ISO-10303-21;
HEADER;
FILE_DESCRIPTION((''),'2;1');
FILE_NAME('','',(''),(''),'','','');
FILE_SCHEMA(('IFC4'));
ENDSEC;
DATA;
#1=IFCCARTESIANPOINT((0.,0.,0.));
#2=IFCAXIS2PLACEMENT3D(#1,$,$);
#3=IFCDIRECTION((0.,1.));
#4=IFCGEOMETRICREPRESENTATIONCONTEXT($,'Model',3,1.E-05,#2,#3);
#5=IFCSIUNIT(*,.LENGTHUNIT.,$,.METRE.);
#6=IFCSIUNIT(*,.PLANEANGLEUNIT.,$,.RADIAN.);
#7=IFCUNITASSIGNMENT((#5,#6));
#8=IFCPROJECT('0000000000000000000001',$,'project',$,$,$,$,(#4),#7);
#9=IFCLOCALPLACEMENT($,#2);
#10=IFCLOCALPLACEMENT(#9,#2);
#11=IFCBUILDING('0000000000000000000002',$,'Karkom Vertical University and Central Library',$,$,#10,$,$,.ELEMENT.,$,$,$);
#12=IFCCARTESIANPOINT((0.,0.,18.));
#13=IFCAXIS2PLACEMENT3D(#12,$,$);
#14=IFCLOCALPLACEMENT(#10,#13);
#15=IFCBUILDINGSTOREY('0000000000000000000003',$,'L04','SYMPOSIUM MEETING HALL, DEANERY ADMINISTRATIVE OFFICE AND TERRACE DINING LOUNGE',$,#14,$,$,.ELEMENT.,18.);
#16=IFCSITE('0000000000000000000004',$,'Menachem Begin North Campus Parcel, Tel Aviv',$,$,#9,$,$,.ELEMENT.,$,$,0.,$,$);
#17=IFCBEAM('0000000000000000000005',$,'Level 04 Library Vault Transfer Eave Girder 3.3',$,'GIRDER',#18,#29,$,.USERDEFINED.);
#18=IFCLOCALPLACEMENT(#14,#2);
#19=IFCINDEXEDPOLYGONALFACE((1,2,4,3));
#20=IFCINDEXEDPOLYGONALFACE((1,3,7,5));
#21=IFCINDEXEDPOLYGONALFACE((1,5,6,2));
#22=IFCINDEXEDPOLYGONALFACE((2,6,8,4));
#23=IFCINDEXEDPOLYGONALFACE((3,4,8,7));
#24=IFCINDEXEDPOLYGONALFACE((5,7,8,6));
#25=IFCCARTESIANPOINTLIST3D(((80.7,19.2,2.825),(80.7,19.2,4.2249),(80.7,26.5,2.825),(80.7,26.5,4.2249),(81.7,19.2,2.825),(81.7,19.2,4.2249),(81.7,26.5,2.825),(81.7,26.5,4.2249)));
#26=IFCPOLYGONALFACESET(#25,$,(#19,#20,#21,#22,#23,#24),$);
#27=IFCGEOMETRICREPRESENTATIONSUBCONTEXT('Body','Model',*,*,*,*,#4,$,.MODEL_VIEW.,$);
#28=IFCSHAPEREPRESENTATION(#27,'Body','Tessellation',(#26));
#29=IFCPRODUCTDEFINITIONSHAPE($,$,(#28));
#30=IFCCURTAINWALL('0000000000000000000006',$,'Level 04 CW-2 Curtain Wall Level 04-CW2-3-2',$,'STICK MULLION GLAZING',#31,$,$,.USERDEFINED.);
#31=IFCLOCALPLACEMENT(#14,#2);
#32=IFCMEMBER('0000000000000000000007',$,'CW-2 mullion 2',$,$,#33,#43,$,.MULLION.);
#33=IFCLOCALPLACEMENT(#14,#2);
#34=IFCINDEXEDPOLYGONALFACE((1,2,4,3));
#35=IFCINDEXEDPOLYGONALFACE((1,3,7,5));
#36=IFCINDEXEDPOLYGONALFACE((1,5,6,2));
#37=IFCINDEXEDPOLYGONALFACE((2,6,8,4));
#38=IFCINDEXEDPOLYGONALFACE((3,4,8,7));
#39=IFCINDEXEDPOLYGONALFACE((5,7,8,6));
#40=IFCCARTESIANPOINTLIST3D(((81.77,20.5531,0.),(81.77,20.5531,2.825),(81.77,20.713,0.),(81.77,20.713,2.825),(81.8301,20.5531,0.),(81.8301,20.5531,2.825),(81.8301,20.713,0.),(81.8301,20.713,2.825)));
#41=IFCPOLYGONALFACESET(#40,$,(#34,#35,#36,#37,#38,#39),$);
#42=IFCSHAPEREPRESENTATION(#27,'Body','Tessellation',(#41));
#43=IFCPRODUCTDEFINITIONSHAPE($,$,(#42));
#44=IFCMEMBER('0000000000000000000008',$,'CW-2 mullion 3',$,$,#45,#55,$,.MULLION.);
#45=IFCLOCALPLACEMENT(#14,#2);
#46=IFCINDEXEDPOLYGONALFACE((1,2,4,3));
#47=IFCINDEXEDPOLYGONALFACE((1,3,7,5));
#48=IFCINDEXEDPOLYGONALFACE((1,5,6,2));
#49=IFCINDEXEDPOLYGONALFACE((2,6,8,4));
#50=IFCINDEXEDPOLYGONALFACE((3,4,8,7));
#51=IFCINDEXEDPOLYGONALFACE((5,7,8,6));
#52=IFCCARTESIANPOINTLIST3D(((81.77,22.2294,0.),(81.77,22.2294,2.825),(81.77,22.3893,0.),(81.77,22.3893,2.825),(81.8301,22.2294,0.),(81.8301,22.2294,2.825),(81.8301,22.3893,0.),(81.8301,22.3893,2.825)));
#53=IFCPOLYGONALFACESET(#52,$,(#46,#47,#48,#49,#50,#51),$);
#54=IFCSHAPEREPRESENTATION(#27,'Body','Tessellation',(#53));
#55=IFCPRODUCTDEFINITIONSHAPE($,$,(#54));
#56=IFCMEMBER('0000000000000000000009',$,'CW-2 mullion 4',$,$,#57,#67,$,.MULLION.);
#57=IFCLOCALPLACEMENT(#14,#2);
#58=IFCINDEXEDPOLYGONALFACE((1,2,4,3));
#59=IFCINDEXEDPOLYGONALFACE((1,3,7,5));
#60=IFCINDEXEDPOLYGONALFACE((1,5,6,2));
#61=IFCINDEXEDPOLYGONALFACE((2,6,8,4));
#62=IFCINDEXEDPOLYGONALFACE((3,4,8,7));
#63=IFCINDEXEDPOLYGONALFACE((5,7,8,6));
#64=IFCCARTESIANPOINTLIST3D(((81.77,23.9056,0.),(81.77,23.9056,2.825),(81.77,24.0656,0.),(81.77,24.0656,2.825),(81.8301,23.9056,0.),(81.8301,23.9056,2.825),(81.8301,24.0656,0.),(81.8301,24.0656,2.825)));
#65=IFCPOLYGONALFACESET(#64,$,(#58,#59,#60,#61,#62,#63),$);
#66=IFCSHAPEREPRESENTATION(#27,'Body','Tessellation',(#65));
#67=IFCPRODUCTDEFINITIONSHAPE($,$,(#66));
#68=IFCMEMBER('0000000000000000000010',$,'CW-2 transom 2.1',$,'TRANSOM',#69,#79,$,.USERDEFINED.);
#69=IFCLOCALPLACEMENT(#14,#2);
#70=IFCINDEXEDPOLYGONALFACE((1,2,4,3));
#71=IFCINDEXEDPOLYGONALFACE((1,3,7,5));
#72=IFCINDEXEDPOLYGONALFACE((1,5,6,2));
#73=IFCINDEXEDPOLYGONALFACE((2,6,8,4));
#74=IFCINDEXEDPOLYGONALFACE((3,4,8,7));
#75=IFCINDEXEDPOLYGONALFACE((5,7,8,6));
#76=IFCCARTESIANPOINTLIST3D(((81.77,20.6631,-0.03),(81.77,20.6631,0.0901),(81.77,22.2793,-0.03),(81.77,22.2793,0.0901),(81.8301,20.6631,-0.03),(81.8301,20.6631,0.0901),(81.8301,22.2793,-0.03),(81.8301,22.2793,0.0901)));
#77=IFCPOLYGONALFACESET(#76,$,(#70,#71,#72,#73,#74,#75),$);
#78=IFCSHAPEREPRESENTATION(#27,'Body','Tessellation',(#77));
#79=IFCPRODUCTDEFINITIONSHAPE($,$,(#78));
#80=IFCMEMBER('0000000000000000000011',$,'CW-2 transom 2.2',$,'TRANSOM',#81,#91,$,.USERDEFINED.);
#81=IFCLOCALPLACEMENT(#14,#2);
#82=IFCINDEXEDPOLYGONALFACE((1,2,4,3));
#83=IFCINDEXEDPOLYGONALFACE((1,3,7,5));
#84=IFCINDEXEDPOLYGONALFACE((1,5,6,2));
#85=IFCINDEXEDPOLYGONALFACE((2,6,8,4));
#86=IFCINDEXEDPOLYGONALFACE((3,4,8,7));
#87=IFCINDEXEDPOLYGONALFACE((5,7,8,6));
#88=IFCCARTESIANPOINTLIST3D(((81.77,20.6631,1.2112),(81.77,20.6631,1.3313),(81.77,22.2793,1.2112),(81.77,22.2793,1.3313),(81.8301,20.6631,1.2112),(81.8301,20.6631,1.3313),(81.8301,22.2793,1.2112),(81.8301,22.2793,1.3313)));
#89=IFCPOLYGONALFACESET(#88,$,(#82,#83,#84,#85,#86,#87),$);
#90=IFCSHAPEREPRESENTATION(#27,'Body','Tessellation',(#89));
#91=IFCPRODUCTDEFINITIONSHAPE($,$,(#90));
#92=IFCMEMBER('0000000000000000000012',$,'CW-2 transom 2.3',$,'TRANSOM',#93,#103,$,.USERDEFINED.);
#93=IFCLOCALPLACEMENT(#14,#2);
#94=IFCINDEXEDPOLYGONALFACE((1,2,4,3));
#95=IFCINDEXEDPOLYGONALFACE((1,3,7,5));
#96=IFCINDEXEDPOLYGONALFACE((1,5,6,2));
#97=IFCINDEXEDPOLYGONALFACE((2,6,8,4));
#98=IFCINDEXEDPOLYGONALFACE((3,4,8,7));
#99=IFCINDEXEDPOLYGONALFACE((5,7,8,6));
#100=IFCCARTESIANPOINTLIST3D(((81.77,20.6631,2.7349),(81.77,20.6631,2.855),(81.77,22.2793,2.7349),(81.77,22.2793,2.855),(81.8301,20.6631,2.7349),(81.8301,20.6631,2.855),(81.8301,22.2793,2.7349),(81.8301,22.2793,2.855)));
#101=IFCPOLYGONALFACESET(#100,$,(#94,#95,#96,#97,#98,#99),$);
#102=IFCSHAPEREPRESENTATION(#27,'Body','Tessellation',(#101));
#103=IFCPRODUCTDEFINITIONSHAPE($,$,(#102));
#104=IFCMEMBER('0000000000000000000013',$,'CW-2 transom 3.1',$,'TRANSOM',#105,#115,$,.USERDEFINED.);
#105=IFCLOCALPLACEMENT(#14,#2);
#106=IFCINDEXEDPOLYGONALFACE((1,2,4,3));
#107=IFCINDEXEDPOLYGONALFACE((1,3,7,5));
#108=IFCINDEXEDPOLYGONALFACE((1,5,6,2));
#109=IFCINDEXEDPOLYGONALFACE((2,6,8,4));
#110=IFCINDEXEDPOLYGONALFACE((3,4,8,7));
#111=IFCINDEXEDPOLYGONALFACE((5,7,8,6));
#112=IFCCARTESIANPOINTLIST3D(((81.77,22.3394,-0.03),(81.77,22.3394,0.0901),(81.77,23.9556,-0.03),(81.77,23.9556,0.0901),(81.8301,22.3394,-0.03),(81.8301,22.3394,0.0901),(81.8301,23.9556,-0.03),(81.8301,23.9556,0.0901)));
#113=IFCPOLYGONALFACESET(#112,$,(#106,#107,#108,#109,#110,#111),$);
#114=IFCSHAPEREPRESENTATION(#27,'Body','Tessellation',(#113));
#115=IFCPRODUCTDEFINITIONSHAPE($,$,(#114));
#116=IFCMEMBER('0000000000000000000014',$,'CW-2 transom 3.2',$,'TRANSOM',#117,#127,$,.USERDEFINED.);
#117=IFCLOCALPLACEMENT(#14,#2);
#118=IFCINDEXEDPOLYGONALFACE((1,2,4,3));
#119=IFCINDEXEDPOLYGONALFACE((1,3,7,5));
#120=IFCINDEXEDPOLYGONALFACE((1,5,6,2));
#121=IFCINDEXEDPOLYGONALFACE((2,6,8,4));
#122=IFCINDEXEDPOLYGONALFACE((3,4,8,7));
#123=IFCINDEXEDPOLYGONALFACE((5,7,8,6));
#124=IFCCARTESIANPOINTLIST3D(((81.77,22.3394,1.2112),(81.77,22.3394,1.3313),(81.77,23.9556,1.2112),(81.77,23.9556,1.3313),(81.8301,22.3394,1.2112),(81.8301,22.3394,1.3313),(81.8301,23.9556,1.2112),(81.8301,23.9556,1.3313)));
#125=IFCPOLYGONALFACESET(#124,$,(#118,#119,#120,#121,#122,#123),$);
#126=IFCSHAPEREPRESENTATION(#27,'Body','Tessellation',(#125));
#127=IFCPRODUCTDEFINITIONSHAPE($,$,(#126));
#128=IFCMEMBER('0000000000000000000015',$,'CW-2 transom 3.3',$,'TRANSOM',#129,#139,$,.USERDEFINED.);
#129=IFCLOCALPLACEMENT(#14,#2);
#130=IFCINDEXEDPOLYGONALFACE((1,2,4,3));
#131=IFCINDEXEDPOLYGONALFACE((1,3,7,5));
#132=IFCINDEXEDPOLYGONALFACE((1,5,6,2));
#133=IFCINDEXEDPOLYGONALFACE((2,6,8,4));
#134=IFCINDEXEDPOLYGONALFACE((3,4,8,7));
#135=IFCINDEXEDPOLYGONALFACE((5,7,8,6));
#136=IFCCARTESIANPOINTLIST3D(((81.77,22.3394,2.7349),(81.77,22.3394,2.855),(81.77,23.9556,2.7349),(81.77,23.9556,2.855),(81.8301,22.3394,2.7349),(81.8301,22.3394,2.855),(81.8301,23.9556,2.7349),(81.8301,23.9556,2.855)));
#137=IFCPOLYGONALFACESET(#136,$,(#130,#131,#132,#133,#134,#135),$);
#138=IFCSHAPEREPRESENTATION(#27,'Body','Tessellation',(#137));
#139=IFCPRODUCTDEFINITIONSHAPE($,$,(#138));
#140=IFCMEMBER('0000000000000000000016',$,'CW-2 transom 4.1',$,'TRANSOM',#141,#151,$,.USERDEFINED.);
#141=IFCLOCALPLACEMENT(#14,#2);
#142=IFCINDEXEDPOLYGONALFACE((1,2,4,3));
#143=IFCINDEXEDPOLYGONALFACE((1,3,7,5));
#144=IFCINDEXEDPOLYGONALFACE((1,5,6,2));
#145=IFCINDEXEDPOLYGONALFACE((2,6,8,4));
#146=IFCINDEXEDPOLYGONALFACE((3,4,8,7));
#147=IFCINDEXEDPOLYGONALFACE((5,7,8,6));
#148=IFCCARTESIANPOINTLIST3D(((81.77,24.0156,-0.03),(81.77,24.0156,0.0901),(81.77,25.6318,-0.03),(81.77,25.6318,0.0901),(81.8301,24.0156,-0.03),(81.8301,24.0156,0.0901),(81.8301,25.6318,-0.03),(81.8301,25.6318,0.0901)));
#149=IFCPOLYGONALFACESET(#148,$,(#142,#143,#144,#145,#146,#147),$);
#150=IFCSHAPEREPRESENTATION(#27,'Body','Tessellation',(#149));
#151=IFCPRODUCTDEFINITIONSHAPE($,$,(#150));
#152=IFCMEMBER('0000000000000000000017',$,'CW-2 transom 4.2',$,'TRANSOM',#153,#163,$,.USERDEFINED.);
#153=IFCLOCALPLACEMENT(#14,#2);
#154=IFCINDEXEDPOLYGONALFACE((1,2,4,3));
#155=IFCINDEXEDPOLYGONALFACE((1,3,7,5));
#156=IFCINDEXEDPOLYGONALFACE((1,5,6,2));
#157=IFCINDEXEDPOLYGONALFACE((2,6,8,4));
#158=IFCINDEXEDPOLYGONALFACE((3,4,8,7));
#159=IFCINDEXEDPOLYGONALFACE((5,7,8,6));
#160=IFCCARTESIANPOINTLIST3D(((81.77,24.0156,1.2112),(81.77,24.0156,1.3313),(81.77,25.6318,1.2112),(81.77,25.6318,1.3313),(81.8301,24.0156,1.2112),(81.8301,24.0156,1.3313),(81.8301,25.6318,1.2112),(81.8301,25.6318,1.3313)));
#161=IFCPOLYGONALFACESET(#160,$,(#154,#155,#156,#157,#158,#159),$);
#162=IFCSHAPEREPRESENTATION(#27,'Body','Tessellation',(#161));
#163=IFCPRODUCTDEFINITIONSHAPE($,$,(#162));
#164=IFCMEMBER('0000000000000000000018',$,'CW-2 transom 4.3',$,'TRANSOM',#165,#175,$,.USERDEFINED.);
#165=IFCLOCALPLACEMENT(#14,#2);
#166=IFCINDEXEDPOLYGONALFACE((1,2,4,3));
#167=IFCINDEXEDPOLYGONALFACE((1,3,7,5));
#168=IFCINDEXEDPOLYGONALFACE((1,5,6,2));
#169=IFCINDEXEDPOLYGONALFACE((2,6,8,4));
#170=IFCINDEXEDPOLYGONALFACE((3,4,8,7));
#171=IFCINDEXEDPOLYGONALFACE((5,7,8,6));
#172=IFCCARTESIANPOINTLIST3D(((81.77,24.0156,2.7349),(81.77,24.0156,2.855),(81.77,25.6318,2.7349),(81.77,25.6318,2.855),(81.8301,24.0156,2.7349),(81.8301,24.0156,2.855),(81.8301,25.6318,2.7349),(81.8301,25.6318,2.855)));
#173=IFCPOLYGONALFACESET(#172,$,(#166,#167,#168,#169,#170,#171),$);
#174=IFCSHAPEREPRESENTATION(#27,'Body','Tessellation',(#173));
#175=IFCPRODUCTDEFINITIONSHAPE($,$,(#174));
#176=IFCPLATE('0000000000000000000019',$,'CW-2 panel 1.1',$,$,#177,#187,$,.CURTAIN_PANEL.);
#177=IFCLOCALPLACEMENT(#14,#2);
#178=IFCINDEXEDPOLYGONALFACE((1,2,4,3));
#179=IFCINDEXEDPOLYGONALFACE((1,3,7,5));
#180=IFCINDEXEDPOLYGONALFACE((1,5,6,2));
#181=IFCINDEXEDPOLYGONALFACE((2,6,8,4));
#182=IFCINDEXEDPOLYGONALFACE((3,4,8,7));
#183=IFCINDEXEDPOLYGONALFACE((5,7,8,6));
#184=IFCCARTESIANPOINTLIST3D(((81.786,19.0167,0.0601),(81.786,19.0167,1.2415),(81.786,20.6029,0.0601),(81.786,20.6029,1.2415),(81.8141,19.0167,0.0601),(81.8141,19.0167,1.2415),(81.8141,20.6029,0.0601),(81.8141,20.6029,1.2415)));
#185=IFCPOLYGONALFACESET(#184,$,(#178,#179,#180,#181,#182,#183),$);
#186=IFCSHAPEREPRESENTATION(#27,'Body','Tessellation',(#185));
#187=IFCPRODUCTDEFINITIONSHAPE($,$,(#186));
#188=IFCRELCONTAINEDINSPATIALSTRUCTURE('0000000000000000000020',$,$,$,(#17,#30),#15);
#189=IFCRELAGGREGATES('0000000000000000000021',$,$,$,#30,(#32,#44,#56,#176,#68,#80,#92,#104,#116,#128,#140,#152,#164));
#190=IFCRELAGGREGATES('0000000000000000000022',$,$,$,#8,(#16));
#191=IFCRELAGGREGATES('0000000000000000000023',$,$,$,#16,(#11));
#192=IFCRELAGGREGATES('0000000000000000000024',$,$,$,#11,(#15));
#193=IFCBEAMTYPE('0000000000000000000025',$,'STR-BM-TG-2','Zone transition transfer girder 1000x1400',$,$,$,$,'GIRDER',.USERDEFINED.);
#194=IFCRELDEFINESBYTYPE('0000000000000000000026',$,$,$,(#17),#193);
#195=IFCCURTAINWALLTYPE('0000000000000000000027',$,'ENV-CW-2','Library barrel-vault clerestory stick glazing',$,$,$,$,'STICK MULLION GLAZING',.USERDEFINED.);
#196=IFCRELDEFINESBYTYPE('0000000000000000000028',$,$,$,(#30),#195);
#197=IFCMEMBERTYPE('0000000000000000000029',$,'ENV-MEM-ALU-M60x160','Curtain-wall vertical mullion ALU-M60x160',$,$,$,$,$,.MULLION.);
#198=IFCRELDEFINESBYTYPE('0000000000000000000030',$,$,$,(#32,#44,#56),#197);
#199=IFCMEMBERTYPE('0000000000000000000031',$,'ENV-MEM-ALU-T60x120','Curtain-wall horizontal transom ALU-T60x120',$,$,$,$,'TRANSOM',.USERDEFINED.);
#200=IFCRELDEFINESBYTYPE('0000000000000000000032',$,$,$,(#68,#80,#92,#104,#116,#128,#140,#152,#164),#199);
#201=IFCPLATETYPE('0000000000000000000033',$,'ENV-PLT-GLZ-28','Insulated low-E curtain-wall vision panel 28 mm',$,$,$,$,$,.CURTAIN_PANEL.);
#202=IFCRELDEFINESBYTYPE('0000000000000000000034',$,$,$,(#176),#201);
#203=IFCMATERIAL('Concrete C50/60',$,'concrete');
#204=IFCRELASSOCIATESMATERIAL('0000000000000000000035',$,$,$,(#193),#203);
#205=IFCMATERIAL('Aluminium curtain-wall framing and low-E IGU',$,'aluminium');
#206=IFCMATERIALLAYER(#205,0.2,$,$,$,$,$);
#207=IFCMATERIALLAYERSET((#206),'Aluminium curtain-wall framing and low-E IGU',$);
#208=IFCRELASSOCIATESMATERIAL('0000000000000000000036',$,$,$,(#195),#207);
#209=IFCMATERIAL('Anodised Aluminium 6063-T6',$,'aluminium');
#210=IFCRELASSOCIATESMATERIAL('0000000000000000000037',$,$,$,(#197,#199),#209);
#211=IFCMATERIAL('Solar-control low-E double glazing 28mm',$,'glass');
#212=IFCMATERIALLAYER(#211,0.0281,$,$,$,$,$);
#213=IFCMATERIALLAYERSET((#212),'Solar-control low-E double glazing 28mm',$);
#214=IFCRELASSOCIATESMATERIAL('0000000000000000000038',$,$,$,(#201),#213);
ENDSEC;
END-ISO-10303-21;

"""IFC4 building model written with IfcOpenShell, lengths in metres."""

from ifc_helpers import new_model, si_unit, direction, frame, origin, origin_with_axes, origin_2d, place, context, subcontext, project, spatial, rectangle, extrude, source, transform, mapped, material, layer, layer_set, material_profile, profile_set, type_object, element, aggregate, save


model = new_model("IFC4")

# Units and contexts
model_context = context("Model", 3, precision=1e-05, world=origin(), true_north=direction((0.0, 1.0)))
body_context = subcontext(model_context, "Body", "Model", "MODEL_VIEW")
ifc_project = project(units=[si_unit("LENGTHUNIT", "METRE"), si_unit("PLANEANGLEUNIT", "RADIAN")], contexts=[model_context])

# Site, building, storey
site_placement = place(None, origin())
site = spatial("IfcSite", under=ifc_project, at=site_placement, Name="Menachem Begin North Campus Parcel, Tel Aviv", CompositionType="ELEMENT", RefElevation=0.0)
building_placement = place(site_placement, origin())
building = spatial("IfcBuilding", under=site, at=building_placement, Name="Karkom Vertical University and Central Library", CompositionType="ELEMENT")
storey_placement = place(building_placement, frame((0.0, 0.0, 18.0)))
storey = spatial("IfcBuildingStorey", under=building, at=storey_placement, Name="L04", Description="SYMPOSIUM MEETING HALL, DEANERY ADMINISTRATIVE OFFICE AND TERRACE DINING LOUNGE", CompositionType="ELEMENT", Elevation=18.0)

# Beam
ifc_material_1 = material(Name="Concrete C50/60", Category="concrete")
ifc_material_profile_1 = material_profile(ifc_material_1, rectangle(XDim=1.0, YDim=1.3999, at=origin_2d()), Name="TG-1000x1400")
ifc_profile_set_1 = profile_set([ifc_material_profile_1], Name="Concrete C50/60")
beam_type = type_object("IfcBeamType", Name="STR-BM-TG-2", Description="Zone transition transfer girder 1000x1400", ElementType="GIRDER", PredefinedType="USERDEFINED", material=ifc_profile_set_1)
shared_shape_1 = source(origin_with_axes(), body_context, "Body", "SweptSolid", [
    extrude(rectangle(XDim=1.0, YDim=1.3999, at=origin_2d()), origin(), (0.0, 0.0, 1.0), 7.3),
])
beam_placement = place(storey_placement, frame((81.2, 19.2, 3.5249), z_axis=(0.0, 1.0, 0.0), x_axis=(-1.0, 0.0, 0.0)))
element("IfcBeam", 1, at=beam_placement, inside=storey, type_object=beam_type, Name="Level 04 Library Vault Transfer Eave Girder 3.3", ObjectType="GIRDER", PredefinedType="USERDEFINED", context=body_context, shape_type="MappedRepresentation", body=[
    mapped(shared_shape_1, transform((0.0, 0.0, 0.0), scale=1.0)),
])

# Curtain wall, members, plate
ifc_material_2 = material(Name="Aluminium curtain-wall framing and low-E IGU", Category="aluminium")
ifc_layer_1 = layer(ifc_material_2, 0.2)
ifc_layer_set_1 = layer_set([ifc_layer_1], Name="Aluminium curtain-wall framing and low-E IGU")
curtain_wall_type = type_object("IfcCurtainWallType", Name="ENV-CW-2", Description="Library barrel-vault clerestory stick glazing", ElementType="STICK MULLION GLAZING", PredefinedType="USERDEFINED", material=ifc_layer_set_1)
curtain_wall_placement = place(storey_placement, origin())
curtain_wall = element("IfcCurtainWall", 2, at=curtain_wall_placement, inside=storey, type_object=curtain_wall_type, Name="Level 04 CW-2 Curtain Wall Level 04-CW2-3-2", ObjectType="STICK MULLION GLAZING", PredefinedType="USERDEFINED")
ifc_material_3 = material(Name="Anodised Aluminium 6063-T6", Category="aluminium")
ifc_material_profile_2 = material_profile(ifc_material_3, rectangle(XDim=0.0601, YDim=0.1599, at=origin_2d()), Name="ALU-M60x160")
ifc_profile_set_2 = profile_set([ifc_material_profile_2], Name="Anodised Aluminium 6063-T6")
member_type_1 = type_object("IfcMemberType", Name="ENV-MEM-ALU-M60x160", Description="Curtain-wall vertical mullion ALU-M60x160", PredefinedType="MULLION", material=ifc_profile_set_2)
shared_shape_2 = source(origin_with_axes(), body_context, "Body", "SweptSolid", [
    extrude(rectangle(XDim=0.0601, YDim=0.1599, at=origin_2d()), origin(), (0.0, 0.0, 1.0), 2.825),
])
member_1_placement = place(storey_placement, frame((81.8, 20.6331, 0.0), z_axis=(0.0, 0.0, 1.0), x_axis=(-1.0, 0.0, 0.0)))
member_1 = element("IfcMember", 3, at=member_1_placement, type_object=member_type_1, Name="CW-2 mullion 2", PredefinedType="MULLION", context=body_context, shape_type="MappedRepresentation", body=[
    mapped(shared_shape_2, transform((0.0, 0.0, 0.0), scale=1.0)),
])
member_2_placement = place(storey_placement, frame((81.8, 22.3093, 0.0), z_axis=(0.0, 0.0, 1.0), x_axis=(-1.0, 0.0, 0.0)))
member_2 = element("IfcMember", 4, at=member_2_placement, type_object=member_type_1, Name="CW-2 mullion 3", PredefinedType="MULLION", context=body_context, shape_type="MappedRepresentation", body=[
    mapped(shared_shape_2, transform((0.0, 0.0, 0.0), scale=1.0)),
])
member_3_placement = place(storey_placement, frame((81.8, 23.9856, 0.0), z_axis=(0.0, 0.0, 1.0), x_axis=(-1.0, 0.0, 0.0)))
member_3 = element("IfcMember", 5, at=member_3_placement, type_object=member_type_1, Name="CW-2 mullion 4", PredefinedType="MULLION", context=body_context, shape_type="MappedRepresentation", body=[
    mapped(shared_shape_2, transform((0.0, 0.0, 0.0), scale=1.0)),
])
ifc_material_profile_3 = material_profile(ifc_material_3, rectangle(XDim=0.0601, YDim=0.1201, at=origin_2d()), Name="ALU-T60x120")
ifc_profile_set_3 = profile_set([ifc_material_profile_3], Name="Anodised Aluminium 6063-T6")
member_type_2 = type_object("IfcMemberType", Name="ENV-MEM-ALU-T60x120", Description="Curtain-wall horizontal transom ALU-T60x120", ElementType="TRANSOM", PredefinedType="USERDEFINED", material=ifc_profile_set_3)
shared_shape_3 = source(origin_with_axes(), body_context, "Body", "SweptSolid", [
    extrude(rectangle(XDim=0.0601, YDim=0.1201, at=origin_2d()), origin(), (0.0, 0.0, 1.0), 1.6162),
])
member_4_placement = place(storey_placement, frame((81.8, 20.6631, 0.03), z_axis=(0.0, 1.0, 0.0), x_axis=(-1.0, 0.0, 0.0)))
member_4 = element("IfcMember", 6, at=member_4_placement, type_object=member_type_2, Name="CW-2 transom 2.1", ObjectType="TRANSOM", PredefinedType="USERDEFINED", context=body_context, shape_type="MappedRepresentation", body=[
    mapped(shared_shape_3, transform((0.0, 0.0, 0.0), scale=1.0)),
])
member_5_placement = place(storey_placement, frame((81.8, 20.6631, 1.2712), z_axis=(0.0, 1.0, 0.0), x_axis=(-1.0, 0.0, 0.0)))
member_5 = element("IfcMember", 7, at=member_5_placement, type_object=member_type_2, Name="CW-2 transom 2.2", ObjectType="TRANSOM", PredefinedType="USERDEFINED", context=body_context, shape_type="MappedRepresentation", body=[
    mapped(shared_shape_3, transform((0.0, 0.0, 0.0), scale=1.0)),
])
member_6_placement = place(storey_placement, frame((81.8, 20.6631, 2.7949), z_axis=(0.0, 1.0, 0.0), x_axis=(-1.0, 0.0, 0.0)))
member_6 = element("IfcMember", 8, at=member_6_placement, type_object=member_type_2, Name="CW-2 transom 2.3", ObjectType="TRANSOM", PredefinedType="USERDEFINED", context=body_context, shape_type="MappedRepresentation", body=[
    mapped(shared_shape_3, transform((0.0, 0.0, 0.0), scale=1.0)),
])
member_7_placement = place(storey_placement, frame((81.8, 22.3394, 0.03), z_axis=(0.0, 1.0, 0.0), x_axis=(-1.0, 0.0, 0.0)))
member_7 = element("IfcMember", 9, at=member_7_placement, type_object=member_type_2, Name="CW-2 transom 3.1", ObjectType="TRANSOM", PredefinedType="USERDEFINED", context=body_context, shape_type="MappedRepresentation", body=[
    mapped(shared_shape_3, transform((0.0, 0.0, 0.0), scale=1.0)),
])
member_8_placement = place(storey_placement, frame((81.8, 22.3394, 1.2712), z_axis=(0.0, 1.0, 0.0), x_axis=(-1.0, 0.0, 0.0)))
member_8 = element("IfcMember", 10, at=member_8_placement, type_object=member_type_2, Name="CW-2 transom 3.2", ObjectType="TRANSOM", PredefinedType="USERDEFINED", context=body_context, shape_type="MappedRepresentation", body=[
    mapped(shared_shape_3, transform((0.0, 0.0, 0.0), scale=1.0)),
])
member_9_placement = place(storey_placement, frame((81.8, 22.3394, 2.7949), z_axis=(0.0, 1.0, 0.0), x_axis=(-1.0, 0.0, 0.0)))
member_9 = element("IfcMember", 11, at=member_9_placement, type_object=member_type_2, Name="CW-2 transom 3.3", ObjectType="TRANSOM", PredefinedType="USERDEFINED", context=body_context, shape_type="MappedRepresentation", body=[
    mapped(shared_shape_3, transform((0.0, 0.0, 0.0), scale=1.0)),
])
member_10_placement = place(storey_placement, frame((81.8, 24.0156, 0.03), z_axis=(0.0, 1.0, 0.0), x_axis=(-1.0, 0.0, 0.0)))
member_10 = element("IfcMember", 12, at=member_10_placement, type_object=member_type_2, Name="CW-2 transom 4.1", ObjectType="TRANSOM", PredefinedType="USERDEFINED", context=body_context, shape_type="MappedRepresentation", body=[
    mapped(shared_shape_3, transform((0.0, 0.0, 0.0), scale=1.0)),
])
member_11_placement = place(storey_placement, frame((81.8, 24.0156, 1.2712), z_axis=(0.0, 1.0, 0.0), x_axis=(-1.0, 0.0, 0.0)))
member_11 = element("IfcMember", 13, at=member_11_placement, type_object=member_type_2, Name="CW-2 transom 4.2", ObjectType="TRANSOM", PredefinedType="USERDEFINED", context=body_context, shape_type="MappedRepresentation", body=[
    mapped(shared_shape_3, transform((0.0, 0.0, 0.0), scale=1.0)),
])
member_12_placement = place(storey_placement, frame((81.8, 24.0156, 2.7949), z_axis=(0.0, 1.0, 0.0), x_axis=(-1.0, 0.0, 0.0)))
member_12 = element("IfcMember", 14, at=member_12_placement, type_object=member_type_2, Name="CW-2 transom 4.3", ObjectType="TRANSOM", PredefinedType="USERDEFINED", context=body_context, shape_type="MappedRepresentation", body=[
    mapped(shared_shape_3, transform((0.0, 0.0, 0.0), scale=1.0)),
])
ifc_material_4 = material(Name="Solar-control low-E double glazing 28mm", Category="glass")
ifc_layer_2 = layer(ifc_material_4, 0.0281)
ifc_layer_set_2 = layer_set([ifc_layer_2], Name="Solar-control low-E double glazing 28mm")
plate_type = type_object("IfcPlateType", Name="ENV-PLT-GLZ-28", Description="Insulated low-E curtain-wall vision panel 28 mm", PredefinedType="CURTAIN_PANEL", material=ifc_layer_set_2)
shared_shape_4 = source(origin_with_axes(), body_context, "Body", "SweptSolid", [
    extrude(rectangle(XDim=1.5862, YDim=0.0281, at=origin_2d()), origin(), (0.0, 0.0, 1.0), 1.1814),
])
plate_1_placement = place(storey_placement, frame((81.8, 19.8098, 0.0601), z_axis=(0.0, 0.0, 1.0), x_axis=(0.0, 1.0, 0.0)))
plate_1 = element("IfcPlate", 15, at=plate_1_placement, type_object=plate_type, Name="CW-2 panel 1.1", PredefinedType="CURTAIN_PANEL", context=body_context, shape_type="MappedRepresentation", body=[
    mapped(shared_shape_4, transform((0.0, 0.0, 0.0), scale=1.0)),
])
aggregate(curtain_wall, [member_1, member_2, member_3, plate_1, member_4, member_5, member_6, member_7, member_8, member_9, member_10, member_11, member_12])

save(model, "model.ifc")
